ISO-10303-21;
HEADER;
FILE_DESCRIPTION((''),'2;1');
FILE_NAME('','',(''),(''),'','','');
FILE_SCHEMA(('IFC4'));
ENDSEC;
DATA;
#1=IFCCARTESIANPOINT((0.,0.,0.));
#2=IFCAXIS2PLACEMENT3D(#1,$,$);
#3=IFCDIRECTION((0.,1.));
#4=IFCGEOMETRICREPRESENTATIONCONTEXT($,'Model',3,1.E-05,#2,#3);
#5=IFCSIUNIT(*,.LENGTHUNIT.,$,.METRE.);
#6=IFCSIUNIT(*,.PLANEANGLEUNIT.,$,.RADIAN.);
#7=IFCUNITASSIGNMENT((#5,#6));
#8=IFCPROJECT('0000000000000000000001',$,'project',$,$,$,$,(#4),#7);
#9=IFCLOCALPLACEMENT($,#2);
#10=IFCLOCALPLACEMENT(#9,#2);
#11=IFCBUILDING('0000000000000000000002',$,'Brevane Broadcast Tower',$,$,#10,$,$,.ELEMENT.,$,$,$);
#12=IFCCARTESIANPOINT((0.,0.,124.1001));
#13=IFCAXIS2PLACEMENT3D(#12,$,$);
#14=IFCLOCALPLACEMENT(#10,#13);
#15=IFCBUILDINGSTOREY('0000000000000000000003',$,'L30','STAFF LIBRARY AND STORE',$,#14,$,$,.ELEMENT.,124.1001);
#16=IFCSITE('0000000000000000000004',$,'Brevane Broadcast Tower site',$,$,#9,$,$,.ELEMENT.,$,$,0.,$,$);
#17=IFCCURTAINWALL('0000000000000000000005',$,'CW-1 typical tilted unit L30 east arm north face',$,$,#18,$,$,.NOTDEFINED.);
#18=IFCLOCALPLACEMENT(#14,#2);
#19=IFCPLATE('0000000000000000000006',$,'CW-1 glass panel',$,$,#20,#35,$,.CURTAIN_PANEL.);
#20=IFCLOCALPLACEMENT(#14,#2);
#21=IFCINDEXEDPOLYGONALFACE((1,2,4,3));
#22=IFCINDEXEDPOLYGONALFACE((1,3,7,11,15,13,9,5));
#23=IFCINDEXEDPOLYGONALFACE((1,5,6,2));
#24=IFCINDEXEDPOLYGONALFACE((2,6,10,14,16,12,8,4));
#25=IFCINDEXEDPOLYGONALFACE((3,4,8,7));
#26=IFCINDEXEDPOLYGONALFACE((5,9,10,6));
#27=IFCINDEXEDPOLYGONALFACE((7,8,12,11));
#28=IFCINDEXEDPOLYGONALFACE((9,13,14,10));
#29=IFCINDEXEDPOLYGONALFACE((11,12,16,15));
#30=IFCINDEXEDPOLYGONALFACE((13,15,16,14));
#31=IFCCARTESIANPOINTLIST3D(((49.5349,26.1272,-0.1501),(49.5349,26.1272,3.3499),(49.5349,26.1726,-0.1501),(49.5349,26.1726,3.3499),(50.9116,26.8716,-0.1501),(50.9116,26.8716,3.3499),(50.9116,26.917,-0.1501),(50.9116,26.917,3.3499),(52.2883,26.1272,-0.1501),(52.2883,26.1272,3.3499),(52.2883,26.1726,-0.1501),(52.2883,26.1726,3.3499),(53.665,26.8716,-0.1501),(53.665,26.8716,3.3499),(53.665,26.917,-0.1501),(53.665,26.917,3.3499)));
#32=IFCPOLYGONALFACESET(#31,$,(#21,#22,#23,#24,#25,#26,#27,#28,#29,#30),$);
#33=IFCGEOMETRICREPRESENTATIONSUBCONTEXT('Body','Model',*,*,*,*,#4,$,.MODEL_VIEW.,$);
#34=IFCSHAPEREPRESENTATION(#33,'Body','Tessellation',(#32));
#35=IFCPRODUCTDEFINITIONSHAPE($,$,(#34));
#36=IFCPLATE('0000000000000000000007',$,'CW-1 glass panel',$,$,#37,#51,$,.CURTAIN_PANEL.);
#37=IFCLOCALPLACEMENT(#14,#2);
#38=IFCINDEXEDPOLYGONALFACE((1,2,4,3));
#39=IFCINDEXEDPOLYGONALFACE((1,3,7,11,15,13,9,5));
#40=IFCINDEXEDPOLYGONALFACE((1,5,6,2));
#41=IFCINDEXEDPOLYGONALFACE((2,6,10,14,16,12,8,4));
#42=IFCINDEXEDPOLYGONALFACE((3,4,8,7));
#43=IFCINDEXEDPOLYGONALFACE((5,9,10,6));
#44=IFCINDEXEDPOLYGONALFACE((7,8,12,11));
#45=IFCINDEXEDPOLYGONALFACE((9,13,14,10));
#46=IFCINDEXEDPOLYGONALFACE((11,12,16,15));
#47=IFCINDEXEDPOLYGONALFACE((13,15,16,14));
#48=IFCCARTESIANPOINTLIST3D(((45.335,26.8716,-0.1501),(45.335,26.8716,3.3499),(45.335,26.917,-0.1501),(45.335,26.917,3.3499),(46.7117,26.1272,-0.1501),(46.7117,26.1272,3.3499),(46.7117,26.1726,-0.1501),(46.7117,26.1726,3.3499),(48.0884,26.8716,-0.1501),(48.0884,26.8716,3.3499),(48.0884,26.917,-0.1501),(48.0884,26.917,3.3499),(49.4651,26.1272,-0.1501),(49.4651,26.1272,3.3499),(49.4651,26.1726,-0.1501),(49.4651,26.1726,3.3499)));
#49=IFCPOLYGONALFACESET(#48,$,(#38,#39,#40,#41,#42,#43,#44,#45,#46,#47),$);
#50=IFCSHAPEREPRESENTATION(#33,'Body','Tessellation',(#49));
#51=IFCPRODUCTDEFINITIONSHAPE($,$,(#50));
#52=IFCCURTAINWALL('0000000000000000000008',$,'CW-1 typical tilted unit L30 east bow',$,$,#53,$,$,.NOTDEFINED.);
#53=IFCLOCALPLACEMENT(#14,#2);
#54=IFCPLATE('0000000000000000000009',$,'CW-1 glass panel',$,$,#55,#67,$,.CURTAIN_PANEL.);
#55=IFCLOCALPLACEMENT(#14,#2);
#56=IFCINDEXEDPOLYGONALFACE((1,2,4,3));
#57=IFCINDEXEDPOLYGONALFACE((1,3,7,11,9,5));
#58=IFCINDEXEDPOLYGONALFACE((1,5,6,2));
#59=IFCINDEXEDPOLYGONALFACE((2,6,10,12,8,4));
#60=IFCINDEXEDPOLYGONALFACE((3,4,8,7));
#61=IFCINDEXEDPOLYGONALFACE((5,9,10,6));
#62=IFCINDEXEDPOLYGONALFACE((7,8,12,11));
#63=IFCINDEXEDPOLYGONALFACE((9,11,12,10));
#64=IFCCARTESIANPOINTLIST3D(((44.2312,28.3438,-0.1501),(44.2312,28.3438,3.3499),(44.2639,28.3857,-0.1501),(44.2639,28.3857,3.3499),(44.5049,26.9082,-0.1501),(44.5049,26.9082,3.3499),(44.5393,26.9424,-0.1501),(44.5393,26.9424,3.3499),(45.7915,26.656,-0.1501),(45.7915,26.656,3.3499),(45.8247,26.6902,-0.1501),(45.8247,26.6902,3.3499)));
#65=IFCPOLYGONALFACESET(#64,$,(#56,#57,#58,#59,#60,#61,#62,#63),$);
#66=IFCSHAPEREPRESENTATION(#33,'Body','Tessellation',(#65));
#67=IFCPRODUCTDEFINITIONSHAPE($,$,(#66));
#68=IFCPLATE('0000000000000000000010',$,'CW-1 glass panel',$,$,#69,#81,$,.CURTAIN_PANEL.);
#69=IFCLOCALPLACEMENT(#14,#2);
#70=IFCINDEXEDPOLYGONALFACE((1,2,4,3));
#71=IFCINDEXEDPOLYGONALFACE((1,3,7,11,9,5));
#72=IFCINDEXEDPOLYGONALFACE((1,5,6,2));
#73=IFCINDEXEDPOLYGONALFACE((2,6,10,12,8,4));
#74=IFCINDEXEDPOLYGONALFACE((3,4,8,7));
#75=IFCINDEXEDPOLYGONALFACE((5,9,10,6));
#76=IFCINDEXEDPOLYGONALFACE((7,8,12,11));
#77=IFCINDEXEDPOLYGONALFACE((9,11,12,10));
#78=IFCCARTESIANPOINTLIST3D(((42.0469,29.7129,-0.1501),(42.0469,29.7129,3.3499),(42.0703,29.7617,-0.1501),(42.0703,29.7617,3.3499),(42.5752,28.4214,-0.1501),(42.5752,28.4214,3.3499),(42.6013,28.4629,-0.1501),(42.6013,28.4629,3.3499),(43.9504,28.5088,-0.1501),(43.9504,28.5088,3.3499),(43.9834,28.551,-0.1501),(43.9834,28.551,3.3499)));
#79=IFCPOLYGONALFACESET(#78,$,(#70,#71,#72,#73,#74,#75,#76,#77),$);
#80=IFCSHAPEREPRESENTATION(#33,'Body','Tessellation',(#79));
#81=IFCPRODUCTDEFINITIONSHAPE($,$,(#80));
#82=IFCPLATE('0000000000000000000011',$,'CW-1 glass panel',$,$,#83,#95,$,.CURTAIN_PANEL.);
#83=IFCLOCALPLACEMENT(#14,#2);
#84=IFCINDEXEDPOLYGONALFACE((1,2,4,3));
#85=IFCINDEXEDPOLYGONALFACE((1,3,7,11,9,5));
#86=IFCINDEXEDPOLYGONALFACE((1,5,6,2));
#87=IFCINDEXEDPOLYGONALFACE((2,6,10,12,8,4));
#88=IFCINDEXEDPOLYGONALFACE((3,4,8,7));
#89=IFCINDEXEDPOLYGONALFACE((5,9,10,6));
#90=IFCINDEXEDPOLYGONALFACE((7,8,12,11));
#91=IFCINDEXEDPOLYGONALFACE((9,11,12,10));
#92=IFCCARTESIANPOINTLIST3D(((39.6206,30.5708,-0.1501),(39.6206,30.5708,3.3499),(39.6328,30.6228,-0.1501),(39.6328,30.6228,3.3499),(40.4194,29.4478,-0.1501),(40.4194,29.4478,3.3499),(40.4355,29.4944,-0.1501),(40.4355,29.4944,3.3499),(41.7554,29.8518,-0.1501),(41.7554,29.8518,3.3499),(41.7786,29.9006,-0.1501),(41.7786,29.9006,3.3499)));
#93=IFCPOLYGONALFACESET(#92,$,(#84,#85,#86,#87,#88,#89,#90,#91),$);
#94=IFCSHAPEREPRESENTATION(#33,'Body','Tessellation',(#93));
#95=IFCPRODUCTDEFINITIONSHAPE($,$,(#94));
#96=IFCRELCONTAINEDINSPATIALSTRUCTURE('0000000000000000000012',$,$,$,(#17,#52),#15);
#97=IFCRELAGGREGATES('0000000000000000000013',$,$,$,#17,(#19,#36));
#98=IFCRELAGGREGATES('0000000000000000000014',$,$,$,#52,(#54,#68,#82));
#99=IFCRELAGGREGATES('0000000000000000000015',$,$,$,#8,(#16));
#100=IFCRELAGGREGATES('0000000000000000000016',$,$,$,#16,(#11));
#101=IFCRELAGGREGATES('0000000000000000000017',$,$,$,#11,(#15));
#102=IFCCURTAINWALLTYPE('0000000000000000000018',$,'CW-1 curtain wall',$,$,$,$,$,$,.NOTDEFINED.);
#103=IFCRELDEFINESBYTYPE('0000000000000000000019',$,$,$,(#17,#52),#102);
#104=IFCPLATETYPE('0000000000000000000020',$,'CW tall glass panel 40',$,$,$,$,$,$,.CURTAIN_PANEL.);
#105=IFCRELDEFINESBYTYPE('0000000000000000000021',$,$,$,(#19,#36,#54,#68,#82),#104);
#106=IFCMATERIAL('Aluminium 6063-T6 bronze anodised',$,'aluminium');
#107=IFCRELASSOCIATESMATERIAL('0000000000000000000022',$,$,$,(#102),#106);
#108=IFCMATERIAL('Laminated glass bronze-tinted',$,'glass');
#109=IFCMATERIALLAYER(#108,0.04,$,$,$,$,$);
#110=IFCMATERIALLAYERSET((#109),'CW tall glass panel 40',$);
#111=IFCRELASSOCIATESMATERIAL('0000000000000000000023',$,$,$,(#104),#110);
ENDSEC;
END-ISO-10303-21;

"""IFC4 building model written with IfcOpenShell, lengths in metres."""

from ifc_helpers import new_model, si_unit, direction, frame, origin, place, context, subcontext, project, spatial, polyline, outline, extrude, material, layer, layer_set, type_object, element, aggregate, save


model = new_model("IFC4")

# Units and contexts
model_context = context("Model", 3, precision=1e-05, world=origin(), true_north=direction((0.0, 1.0)))
body_context = subcontext(model_context, "Body", "Model", "MODEL_VIEW")
ifc_project = project(units=[si_unit("LENGTHUNIT", "METRE"), si_unit("PLANEANGLEUNIT", "RADIAN")], contexts=[model_context])

# Site, building, storey
site_placement = place(None, origin())
site = spatial("IfcSite", under=ifc_project, at=site_placement, Name="Brevane Broadcast Tower site", CompositionType="ELEMENT", RefElevation=0.0)
building_placement = place(site_placement, origin())
building = spatial("IfcBuilding", under=site, at=building_placement, Name="Brevane Broadcast Tower", CompositionType="ELEMENT")
storey_placement = place(building_placement, frame((0.0, 0.0, 124.1001)))
storey = spatial("IfcBuildingStorey", under=building, at=storey_placement, Name="L30", Description="STAFF LIBRARY AND STORE", CompositionType="ELEMENT", Elevation=124.1001)

# Curtain walls, plates
ifc_material_1 = material(Name="Aluminium 6063-T6 bronze anodised", Category="aluminium")
curtain_wall_type = type_object("IfcCurtainWallType", Name="CW-1 curtain wall", PredefinedType="NOTDEFINED", material=ifc_material_1)
ifc_material_2 = material(Name="Laminated glass bronze-tinted", Category="glass")
ifc_layer = layer(ifc_material_2, 0.04)
ifc_layer_set = layer_set([ifc_layer], Name="CW tall glass panel 40")
plate_type = type_object("IfcPlateType", Name="CW tall glass panel 40", PredefinedType="CURTAIN_PANEL", material=ifc_layer_set)
curtain_wall_1_placement = place(storey_placement, origin())
curtain_wall_1 = element("IfcCurtainWall", 1, at=curtain_wall_1_placement, inside=storey, type_object=curtain_wall_type, Name="CW-1 typical tilted unit L30 east arm north face", PredefinedType="NOTDEFINED")
plate_1_placement = place(storey_placement, frame((0.0, 0.0, -0.1501)))
plate_1 = element("IfcPlate", 2, at=plate_1_placement, type_object=plate_type, Name="CW-1 glass panel", PredefinedType="CURTAIN_PANEL", context=body_context, shape_type="SweptSolid", body=[
    extrude(outline(polyline([(53.665, 26.8716), (53.665, 26.917), (52.2883, 26.1726), (50.9116, 26.917), (49.5349, 26.1726), (49.5349, 26.1272), (50.9116, 26.8716), (52.2883, 26.1272), (53.665, 26.8716)])), origin(), (0.0, 0.0, 1.0), 3.5),
])
plate_2_placement = place(storey_placement, frame((0.0, 0.0, -0.1501)))
plate_2 = element("IfcPlate", 3, at=plate_2_placement, type_object=plate_type, Name="CW-1 glass panel", PredefinedType="CURTAIN_PANEL", context=body_context, shape_type="SweptSolid", body=[
    extrude(outline(polyline([(49.4651, 26.1272), (49.4651, 26.1726), (48.0884, 26.917), (46.7117, 26.1726), (45.335, 26.917), (45.335, 26.8716), (46.7117, 26.1272), (48.0884, 26.8716), (49.4651, 26.1272)])), origin(), (0.0, 0.0, 1.0), 3.5),
])
aggregate(curtain_wall_1, [plate_1, plate_2])
curtain_wall_2_placement = place(storey_placement, origin())
curtain_wall_2 = element("IfcCurtainWall", 4, at=curtain_wall_2_placement, inside=storey, type_object=curtain_wall_type, Name="CW-1 typical tilted unit L30 east bow", PredefinedType="NOTDEFINED")
plate_3_placement = place(storey_placement, frame((0.0, 0.0, -0.1501)))
plate_3 = element("IfcPlate", 5, at=plate_3_placement, type_object=plate_type, Name="CW-1 glass panel", PredefinedType="CURTAIN_PANEL", context=body_context, shape_type="SweptSolid", body=[
    extrude(outline(polyline([(45.7915, 26.656), (45.8247, 26.6902), (44.5393, 26.9424), (44.2639, 28.3857), (44.2312, 28.3438), (44.5049, 26.9082), (45.7915, 26.656)])), origin(), (0.0, 0.0, 1.0), 3.5),
])
plate_4_placement = place(storey_placement, frame((0.0, 0.0, -0.1501)))
plate_4 = element("IfcPlate", 6, at=plate_4_placement, type_object=plate_type, Name="CW-1 glass panel", PredefinedType="CURTAIN_PANEL", context=body_context, shape_type="SweptSolid", body=[
    extrude(outline(polyline([(43.9504, 28.5088), (43.9834, 28.551), (42.6013, 28.4629), (42.0703, 29.7617), (42.0469, 29.7129), (42.5752, 28.4214), (43.9504, 28.5088)])), origin(), (0.0, 0.0, 1.0), 3.5),
])
plate_5_placement = place(storey_placement, frame((0.0, 0.0, -0.1501)))
plate_5 = element("IfcPlate", 7, at=plate_5_placement, type_object=plate_type, Name="CW-1 glass panel", PredefinedType="CURTAIN_PANEL", context=body_context, shape_type="SweptSolid", body=[
    extrude(outline(polyline([(41.7554, 29.8518), (41.7786, 29.9006), (40.4355, 29.4944), (39.6328, 30.6228), (39.6206, 30.5708), (40.4194, 29.4478), (41.7554, 29.8518)])), origin(), (0.0, 0.0, 1.0), 3.5),
])
aggregate(curtain_wall_2, [plate_3, plate_4, plate_5])

save(model, "model.ifc")
